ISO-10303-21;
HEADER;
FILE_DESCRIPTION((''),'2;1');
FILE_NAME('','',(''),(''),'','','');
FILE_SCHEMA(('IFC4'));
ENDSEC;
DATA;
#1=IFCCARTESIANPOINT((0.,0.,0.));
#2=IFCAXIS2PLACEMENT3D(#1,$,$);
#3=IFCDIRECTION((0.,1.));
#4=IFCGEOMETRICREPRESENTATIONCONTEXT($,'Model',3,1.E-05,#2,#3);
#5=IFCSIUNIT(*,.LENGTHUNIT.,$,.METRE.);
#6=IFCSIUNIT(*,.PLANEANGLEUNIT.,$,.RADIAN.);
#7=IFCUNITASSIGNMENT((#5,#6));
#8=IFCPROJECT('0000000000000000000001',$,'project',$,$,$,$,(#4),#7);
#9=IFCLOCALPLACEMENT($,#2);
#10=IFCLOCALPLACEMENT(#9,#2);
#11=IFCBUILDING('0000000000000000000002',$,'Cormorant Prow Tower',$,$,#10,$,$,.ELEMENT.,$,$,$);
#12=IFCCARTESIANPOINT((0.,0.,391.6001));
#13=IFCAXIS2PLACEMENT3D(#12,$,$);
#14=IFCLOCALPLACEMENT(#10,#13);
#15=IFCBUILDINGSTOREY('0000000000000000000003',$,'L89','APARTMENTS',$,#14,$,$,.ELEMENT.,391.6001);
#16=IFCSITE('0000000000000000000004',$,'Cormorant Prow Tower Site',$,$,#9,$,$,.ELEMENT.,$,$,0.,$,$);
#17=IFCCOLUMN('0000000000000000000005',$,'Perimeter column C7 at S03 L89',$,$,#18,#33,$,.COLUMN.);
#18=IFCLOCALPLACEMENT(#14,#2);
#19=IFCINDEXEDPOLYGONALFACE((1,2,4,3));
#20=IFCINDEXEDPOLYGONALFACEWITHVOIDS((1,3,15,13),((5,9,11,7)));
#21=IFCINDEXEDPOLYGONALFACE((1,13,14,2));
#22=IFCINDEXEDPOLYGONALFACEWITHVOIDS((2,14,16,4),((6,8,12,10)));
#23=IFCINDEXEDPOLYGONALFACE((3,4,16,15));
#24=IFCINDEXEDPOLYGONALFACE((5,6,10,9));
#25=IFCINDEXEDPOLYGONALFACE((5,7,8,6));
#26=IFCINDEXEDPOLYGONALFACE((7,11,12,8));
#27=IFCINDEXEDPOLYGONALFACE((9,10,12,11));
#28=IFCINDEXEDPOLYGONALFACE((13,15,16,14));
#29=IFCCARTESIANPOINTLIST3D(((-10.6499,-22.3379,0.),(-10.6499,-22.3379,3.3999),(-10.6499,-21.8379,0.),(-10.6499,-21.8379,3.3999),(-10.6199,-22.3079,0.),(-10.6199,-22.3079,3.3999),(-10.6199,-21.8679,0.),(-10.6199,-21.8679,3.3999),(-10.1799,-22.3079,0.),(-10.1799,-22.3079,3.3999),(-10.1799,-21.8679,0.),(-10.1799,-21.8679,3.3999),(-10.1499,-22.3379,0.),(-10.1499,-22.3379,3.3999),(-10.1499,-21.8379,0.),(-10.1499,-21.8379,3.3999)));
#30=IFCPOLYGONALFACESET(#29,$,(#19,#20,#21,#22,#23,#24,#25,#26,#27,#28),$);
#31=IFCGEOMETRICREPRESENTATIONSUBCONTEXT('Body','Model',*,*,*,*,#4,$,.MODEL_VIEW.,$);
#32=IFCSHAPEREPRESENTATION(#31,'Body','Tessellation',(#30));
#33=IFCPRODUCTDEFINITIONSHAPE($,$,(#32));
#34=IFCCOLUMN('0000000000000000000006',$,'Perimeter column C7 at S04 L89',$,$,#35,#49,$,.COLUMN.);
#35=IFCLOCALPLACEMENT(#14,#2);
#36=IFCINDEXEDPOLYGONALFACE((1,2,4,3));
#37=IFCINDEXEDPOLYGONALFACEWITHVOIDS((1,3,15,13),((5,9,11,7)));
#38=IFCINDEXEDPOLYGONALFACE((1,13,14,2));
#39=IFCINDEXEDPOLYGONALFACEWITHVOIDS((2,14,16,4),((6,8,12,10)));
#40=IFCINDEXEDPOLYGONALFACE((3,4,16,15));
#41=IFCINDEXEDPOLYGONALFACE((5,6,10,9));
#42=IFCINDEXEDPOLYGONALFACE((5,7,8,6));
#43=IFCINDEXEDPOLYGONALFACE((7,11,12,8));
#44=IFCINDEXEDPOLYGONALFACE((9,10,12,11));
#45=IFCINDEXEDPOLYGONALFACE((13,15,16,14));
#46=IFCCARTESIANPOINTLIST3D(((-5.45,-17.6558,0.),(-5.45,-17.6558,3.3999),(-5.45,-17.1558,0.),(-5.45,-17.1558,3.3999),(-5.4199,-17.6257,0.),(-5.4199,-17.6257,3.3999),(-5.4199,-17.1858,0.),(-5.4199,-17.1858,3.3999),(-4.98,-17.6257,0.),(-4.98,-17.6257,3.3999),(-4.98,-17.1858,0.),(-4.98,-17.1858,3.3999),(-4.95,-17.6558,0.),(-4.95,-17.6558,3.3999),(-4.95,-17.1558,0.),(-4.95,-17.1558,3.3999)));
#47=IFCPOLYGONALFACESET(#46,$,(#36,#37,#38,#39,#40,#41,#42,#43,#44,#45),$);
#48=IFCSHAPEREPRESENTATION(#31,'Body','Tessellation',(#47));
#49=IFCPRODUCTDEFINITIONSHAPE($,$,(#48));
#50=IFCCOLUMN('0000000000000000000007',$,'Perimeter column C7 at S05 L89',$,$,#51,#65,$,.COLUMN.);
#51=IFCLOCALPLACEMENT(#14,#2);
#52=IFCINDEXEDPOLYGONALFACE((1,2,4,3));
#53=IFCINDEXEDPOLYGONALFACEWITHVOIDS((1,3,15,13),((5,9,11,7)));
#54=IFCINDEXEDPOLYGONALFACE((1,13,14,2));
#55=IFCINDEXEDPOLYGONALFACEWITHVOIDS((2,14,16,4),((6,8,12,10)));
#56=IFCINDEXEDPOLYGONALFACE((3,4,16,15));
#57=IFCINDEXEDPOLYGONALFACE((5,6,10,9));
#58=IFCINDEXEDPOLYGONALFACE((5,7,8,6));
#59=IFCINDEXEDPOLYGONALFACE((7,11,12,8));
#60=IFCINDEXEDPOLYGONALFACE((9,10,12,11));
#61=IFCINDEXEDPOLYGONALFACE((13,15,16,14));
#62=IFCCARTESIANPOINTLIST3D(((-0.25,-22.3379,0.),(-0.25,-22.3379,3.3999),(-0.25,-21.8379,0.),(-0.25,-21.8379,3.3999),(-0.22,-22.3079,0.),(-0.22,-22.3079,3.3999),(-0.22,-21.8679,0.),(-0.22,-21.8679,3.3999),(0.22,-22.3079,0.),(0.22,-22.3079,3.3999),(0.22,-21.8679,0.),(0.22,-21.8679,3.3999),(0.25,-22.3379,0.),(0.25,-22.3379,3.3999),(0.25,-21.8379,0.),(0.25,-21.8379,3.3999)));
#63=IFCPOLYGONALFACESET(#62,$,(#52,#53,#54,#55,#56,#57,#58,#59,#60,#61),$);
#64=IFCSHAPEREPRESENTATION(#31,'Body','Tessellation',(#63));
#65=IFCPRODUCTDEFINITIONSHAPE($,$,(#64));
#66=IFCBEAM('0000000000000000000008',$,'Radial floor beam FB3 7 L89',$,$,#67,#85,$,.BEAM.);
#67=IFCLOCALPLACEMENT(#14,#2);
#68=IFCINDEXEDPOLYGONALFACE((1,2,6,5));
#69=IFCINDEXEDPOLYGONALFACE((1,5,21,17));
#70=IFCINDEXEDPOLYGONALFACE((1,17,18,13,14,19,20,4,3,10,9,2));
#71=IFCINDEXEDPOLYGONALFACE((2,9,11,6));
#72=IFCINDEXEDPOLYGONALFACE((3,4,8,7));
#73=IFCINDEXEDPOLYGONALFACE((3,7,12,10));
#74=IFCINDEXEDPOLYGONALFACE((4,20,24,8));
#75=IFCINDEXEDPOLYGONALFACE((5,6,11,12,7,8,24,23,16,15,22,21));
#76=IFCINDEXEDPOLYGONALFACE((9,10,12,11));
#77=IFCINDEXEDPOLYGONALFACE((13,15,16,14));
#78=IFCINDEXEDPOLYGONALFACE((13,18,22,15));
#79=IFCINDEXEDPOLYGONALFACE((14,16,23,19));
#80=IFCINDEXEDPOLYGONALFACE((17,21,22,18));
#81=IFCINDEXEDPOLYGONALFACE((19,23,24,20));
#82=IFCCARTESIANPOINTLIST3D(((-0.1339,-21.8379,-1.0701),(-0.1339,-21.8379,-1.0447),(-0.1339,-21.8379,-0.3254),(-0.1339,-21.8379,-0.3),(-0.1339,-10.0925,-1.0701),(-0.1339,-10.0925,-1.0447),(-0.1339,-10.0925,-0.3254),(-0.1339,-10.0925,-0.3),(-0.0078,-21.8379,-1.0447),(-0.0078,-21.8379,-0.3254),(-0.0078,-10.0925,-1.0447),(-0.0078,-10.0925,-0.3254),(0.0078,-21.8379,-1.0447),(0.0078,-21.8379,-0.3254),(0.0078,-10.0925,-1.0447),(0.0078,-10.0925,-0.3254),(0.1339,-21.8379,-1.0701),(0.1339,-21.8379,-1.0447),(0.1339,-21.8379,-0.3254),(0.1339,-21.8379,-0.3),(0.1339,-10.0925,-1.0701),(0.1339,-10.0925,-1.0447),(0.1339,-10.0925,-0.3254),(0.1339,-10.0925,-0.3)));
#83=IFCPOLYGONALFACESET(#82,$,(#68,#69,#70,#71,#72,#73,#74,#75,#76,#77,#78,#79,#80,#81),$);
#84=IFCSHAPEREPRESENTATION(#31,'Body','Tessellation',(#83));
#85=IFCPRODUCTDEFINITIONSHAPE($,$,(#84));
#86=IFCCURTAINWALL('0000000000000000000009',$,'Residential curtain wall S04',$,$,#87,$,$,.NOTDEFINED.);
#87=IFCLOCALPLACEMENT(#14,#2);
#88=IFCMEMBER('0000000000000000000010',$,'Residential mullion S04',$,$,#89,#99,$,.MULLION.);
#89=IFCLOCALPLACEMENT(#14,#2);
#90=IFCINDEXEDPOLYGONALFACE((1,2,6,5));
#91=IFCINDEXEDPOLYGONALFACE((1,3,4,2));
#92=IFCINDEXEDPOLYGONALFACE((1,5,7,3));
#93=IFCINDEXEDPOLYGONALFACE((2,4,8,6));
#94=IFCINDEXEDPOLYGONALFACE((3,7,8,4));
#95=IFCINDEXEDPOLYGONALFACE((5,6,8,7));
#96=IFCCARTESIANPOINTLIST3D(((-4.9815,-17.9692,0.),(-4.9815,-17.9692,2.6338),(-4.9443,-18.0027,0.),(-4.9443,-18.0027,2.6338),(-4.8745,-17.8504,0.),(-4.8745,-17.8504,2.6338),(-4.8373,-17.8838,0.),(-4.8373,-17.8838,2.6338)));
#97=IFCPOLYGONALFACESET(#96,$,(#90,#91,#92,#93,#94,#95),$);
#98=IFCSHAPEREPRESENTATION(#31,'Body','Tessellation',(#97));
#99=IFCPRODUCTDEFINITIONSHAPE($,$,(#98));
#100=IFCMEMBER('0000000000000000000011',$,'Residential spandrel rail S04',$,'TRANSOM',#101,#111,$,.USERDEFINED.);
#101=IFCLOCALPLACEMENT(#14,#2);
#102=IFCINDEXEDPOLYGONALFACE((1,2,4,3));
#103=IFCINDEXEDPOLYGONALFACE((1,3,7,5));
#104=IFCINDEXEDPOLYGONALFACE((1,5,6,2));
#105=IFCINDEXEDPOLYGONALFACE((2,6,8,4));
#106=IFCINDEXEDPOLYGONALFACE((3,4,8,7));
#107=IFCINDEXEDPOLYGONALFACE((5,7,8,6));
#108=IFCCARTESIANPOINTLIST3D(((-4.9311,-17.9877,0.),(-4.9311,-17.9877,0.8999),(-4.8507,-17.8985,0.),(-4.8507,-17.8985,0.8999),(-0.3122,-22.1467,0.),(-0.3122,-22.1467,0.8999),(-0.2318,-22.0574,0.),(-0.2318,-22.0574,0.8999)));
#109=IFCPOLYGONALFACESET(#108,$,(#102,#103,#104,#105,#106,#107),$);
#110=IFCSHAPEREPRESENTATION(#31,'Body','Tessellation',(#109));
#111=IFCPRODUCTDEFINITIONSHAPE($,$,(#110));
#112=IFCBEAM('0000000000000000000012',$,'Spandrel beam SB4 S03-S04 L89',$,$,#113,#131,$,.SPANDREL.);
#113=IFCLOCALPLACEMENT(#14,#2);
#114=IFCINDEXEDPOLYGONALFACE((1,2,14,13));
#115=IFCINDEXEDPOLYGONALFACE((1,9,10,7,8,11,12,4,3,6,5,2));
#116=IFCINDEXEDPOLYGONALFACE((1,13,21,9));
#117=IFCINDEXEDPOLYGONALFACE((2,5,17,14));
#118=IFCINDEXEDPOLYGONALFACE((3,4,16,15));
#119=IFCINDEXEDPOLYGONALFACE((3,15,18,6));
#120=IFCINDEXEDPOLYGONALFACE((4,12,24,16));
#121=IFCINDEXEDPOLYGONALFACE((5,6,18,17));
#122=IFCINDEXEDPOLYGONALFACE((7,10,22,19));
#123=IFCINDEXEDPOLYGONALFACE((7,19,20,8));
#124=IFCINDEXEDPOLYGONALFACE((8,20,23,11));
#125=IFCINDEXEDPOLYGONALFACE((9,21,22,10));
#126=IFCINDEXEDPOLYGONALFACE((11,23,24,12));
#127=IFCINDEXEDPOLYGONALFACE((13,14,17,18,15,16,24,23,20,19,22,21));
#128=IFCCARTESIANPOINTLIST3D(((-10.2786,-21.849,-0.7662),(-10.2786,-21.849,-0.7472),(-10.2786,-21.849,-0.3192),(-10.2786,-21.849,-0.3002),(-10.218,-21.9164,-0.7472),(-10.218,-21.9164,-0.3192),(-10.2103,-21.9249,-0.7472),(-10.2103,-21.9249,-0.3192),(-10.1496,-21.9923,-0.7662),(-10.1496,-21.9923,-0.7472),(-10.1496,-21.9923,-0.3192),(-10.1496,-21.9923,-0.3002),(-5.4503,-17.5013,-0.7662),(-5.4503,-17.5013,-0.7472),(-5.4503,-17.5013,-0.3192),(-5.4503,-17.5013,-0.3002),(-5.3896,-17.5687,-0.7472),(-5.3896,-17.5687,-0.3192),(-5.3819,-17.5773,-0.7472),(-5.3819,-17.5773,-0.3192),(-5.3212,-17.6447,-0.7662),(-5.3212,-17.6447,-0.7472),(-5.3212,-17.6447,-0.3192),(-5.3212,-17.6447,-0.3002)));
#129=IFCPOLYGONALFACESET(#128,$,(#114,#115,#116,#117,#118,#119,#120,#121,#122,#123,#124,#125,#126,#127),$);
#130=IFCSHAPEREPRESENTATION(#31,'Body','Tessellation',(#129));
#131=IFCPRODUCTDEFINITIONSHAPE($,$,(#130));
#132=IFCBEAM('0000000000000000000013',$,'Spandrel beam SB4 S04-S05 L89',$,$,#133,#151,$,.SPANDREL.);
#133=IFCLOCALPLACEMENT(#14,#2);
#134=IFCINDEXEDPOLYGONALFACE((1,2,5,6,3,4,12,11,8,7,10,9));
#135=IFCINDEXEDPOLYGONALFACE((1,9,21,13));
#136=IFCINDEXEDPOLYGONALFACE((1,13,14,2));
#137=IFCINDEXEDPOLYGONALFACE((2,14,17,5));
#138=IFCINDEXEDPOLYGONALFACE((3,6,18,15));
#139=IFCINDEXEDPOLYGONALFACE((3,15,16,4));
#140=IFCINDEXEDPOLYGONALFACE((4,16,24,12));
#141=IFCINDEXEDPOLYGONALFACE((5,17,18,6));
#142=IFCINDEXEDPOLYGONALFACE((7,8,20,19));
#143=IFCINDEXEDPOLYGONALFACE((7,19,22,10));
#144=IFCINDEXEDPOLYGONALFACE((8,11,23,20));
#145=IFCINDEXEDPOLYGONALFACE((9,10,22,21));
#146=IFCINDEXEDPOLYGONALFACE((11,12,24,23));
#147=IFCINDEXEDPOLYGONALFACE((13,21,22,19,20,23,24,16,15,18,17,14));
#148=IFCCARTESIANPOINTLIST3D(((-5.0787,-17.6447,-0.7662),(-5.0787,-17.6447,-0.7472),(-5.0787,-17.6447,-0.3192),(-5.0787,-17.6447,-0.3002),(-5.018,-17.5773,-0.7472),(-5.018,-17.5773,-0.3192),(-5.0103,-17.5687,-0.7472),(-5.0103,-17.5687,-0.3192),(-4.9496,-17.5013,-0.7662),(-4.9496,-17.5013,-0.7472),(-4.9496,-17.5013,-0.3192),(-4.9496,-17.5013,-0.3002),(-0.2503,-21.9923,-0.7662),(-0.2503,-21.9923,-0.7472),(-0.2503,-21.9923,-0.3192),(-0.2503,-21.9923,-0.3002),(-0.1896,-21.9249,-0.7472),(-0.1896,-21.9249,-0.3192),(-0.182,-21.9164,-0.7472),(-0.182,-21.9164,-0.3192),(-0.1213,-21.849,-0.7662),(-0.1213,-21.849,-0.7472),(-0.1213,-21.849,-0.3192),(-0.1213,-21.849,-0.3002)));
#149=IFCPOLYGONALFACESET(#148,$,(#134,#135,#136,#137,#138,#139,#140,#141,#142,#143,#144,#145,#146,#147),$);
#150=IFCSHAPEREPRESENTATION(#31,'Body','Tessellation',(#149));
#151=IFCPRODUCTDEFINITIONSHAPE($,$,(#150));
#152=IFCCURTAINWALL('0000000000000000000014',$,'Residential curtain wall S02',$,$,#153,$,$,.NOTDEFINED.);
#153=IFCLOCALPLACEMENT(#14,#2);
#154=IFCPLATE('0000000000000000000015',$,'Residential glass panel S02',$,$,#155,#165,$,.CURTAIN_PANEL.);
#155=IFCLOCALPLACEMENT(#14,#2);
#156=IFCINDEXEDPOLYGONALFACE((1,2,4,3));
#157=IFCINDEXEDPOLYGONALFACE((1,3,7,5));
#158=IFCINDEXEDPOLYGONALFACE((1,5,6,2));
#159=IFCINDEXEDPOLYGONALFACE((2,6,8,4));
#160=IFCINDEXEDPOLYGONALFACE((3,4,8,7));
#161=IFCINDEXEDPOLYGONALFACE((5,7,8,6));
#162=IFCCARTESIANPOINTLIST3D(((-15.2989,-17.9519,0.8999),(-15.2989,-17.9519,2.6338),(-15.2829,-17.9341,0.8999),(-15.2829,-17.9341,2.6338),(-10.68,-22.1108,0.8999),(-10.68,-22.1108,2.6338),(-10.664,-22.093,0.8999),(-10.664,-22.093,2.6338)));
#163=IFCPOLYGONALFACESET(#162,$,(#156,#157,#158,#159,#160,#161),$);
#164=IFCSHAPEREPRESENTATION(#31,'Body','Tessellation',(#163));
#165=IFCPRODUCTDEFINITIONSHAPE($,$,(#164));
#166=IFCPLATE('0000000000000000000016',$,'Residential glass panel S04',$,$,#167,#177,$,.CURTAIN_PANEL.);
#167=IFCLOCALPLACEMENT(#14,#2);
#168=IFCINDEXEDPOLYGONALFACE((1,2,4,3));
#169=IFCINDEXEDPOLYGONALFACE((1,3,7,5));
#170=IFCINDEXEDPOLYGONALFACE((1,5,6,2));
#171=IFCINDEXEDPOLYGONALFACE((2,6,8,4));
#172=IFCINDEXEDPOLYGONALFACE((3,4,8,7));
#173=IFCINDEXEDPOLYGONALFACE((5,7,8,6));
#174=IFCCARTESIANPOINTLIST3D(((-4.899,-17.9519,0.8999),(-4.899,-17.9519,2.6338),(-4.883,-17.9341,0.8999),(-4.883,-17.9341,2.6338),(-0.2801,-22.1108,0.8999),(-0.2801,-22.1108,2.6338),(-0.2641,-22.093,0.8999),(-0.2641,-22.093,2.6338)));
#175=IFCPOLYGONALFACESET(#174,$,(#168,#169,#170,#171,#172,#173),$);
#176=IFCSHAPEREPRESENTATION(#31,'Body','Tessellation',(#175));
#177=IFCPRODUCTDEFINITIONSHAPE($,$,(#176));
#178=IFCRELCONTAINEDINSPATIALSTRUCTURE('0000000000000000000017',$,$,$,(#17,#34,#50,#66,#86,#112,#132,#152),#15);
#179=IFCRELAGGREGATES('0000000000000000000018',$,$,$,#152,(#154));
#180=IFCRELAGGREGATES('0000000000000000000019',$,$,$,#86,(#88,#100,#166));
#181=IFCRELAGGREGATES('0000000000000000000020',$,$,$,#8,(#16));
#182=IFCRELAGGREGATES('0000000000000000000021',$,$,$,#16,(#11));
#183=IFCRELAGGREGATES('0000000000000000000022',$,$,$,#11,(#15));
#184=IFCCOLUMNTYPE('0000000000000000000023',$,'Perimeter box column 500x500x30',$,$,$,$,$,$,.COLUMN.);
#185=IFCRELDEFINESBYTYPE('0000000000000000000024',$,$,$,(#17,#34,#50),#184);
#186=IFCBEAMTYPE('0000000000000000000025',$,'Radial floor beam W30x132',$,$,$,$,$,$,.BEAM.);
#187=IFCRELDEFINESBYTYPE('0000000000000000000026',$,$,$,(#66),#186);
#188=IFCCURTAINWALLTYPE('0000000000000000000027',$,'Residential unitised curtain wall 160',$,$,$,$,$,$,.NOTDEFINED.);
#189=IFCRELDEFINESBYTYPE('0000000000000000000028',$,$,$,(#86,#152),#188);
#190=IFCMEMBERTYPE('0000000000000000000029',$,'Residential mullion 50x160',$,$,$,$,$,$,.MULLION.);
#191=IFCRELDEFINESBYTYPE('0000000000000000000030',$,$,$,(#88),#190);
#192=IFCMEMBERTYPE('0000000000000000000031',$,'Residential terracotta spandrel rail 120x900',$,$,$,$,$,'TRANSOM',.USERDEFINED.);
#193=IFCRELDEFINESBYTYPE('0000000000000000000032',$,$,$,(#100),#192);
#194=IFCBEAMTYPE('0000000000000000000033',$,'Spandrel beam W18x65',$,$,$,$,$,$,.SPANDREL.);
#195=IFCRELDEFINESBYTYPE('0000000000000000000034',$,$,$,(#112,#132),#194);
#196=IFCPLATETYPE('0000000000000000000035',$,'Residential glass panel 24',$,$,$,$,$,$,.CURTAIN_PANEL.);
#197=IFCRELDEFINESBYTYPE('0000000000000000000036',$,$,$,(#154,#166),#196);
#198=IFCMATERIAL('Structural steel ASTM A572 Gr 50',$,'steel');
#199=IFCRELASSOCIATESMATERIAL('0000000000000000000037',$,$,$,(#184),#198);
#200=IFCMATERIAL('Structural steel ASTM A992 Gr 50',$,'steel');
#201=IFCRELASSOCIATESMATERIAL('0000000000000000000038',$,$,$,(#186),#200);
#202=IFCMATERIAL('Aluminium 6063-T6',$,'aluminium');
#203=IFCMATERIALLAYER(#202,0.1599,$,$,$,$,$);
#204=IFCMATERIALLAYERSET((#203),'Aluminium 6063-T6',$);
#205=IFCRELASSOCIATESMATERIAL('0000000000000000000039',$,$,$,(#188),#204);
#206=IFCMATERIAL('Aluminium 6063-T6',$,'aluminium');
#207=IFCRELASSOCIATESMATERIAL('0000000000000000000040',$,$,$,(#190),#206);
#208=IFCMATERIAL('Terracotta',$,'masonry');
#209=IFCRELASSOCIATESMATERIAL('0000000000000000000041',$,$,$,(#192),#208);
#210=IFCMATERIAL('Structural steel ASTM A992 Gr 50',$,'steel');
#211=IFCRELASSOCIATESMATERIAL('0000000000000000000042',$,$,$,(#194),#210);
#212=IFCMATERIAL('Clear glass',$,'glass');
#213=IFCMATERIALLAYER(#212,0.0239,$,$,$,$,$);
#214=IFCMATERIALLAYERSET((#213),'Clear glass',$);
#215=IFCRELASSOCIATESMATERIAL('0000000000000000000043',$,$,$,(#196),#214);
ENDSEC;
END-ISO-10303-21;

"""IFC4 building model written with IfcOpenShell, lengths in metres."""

from ifc_helpers import new_model, si_unit, direction, frame, origin, origin_2d, place, context, subcontext, project, spatial, rectangle, hollow_rectangle, i_section, extrude, material, layer, layer_set, material_profile, profile_set, type_object, element, aggregate, save


model = new_model("IFC4")

# Units and contexts
model_context = context("Model", 3, precision=1e-05, world=origin(), true_north=direction((0.0, 1.0)))
body_context = subcontext(model_context, "Body", "Model", "MODEL_VIEW")
ifc_project = project(units=[si_unit("LENGTHUNIT", "METRE"), si_unit("PLANEANGLEUNIT", "RADIAN")], contexts=[model_context])

# Site, building, storey
site_placement = place(None, origin())
site = spatial("IfcSite", under=ifc_project, at=site_placement, Name="Cormorant Prow Tower Site", CompositionType="ELEMENT", RefElevation=0.0)
building_placement = place(site_placement, origin())
building = spatial("IfcBuilding", under=site, at=building_placement, Name="Cormorant Prow Tower", CompositionType="ELEMENT")
storey_placement = place(building_placement, frame((0.0, 0.0, 391.6001)))
storey = spatial("IfcBuildingStorey", under=building, at=storey_placement, Name="L89", Description="APARTMENTS", CompositionType="ELEMENT", Elevation=391.6001)

# Columns
ifc_material_1 = material(Name="Structural steel ASTM A572 Gr 50", Category="steel")
ifc_material_profile_1 = material_profile(ifc_material_1, hollow_rectangle(XDim=0.5, YDim=0.5, WallThickness=0.03, at=origin_2d()), Name="Box 500x500x30")
ifc_profile_set_1 = profile_set([ifc_material_profile_1], Name="Structural steel ASTM A572 Gr 50")
column_type = type_object("IfcColumnType", Name="Perimeter box column 500x500x30", PredefinedType="COLUMN", material=ifc_profile_set_1)
for number, where, z_axis, x_axis, name in (
    (1, (-10.3999, -22.0879, 0.0), (0.0, 0.0, 1.0), (1.0, 0.0, 0.0), "Perimeter column C7 at S03 L89"),
    (2, (-5.2, -17.4058, 0.0), (0.0, 0.0, 1.0), (1.0, 0.0, 0.0), "Perimeter column C7 at S04 L89"),
    (3, (0.0, -22.0879, 0.0), (0.0, 0.0, 1.0), (1.0, 0.0, 0.0), "Perimeter column C7 at S05 L89"),
):
    element("IfcColumn", number, at=place(storey_placement, frame(where, z_axis=z_axis, x_axis=x_axis)), inside=storey, type_object=column_type, Name=name, PredefinedType="COLUMN", context=body_context, shape_type="SweptSolid", body=[
        extrude(hollow_rectangle(XDim=0.5, YDim=0.5, WallThickness=0.03, at=origin_2d()), origin(), (0.0, 0.0, 1.0), 3.3999),
    ])

# Beam
ifc_material_2 = material(Name="Structural steel ASTM A992 Gr 50", Category="steel")
ifc_material_profile_2 = material_profile(ifc_material_2, i_section(OverallWidth=0.2678, OverallDepth=0.77, WebThickness=0.0156, FlangeThickness=0.0254, at=origin_2d()), Name="W30x132")
ifc_profile_set_2 = profile_set([ifc_material_profile_2], Name="Structural steel ASTM A992 Gr 50")
beam_type_1 = type_object("IfcBeamType", Name="Radial floor beam W30x132", PredefinedType="BEAM", material=ifc_profile_set_2)
beam_placement = place(storey_placement, frame((0.0, -10.0925, -0.6851), z_axis=(0.0, -1.0, 0.0), x_axis=(1.0, 0.0, 0.0)))
element("IfcBeam", 4, at=beam_placement, inside=storey, type_object=beam_type_1, Name="Radial floor beam FB3 7 L89", PredefinedType="BEAM", context=body_context, shape_type="SweptSolid", body=[
    extrude(i_section(OverallWidth=0.2678, OverallDepth=0.77, WebThickness=0.0156, FlangeThickness=0.0254, at=origin_2d()), origin(), (0.0, 0.0, 1.0), 11.7454),
])

# Curtain wall, members
ifc_material_3 = material(Name="Aluminium 6063-T6", Category="aluminium")
ifc_layer_1 = layer(ifc_material_3, 0.1599)
ifc_layer_set_1 = layer_set([ifc_layer_1], Name="Aluminium 6063-T6")
curtain_wall_type = type_object("IfcCurtainWallType", Name="Residential unitised curtain wall 160", PredefinedType="NOTDEFINED", material=ifc_layer_set_1)
curtain_wall_1_placement = place(storey_placement, origin())
curtain_wall_1 = element("IfcCurtainWall", 5, at=curtain_wall_1_placement, inside=storey, type_object=curtain_wall_type, Name="Residential curtain wall S04", PredefinedType="NOTDEFINED")
ifc_material_4 = material(Name="Aluminium 6063-T6", Category="aluminium")
ifc_material_profile_3 = material_profile(ifc_material_4, rectangle(XDim=0.1599, YDim=0.05, at=origin_2d()), Name="Residential mullion 50x160")
ifc_profile_set_3 = profile_set([ifc_material_profile_3], Name="Aluminium 6063-T6")
member_type_1 = type_object("IfcMemberType", Name="Residential mullion 50x160", PredefinedType="MULLION", material=ifc_profile_set_3)
member_1_placement = place(storey_placement, frame((-4.9094, -17.9265, 0.0), z_axis=(0.0, 0.0, 1.0), x_axis=(0.669131, 0.743145, 0.0)))
member_1 = element("IfcMember", 6, at=member_1_placement, type_object=member_type_1, Name="Residential mullion S04", PredefinedType="MULLION", context=body_context, shape_type="SweptSolid", body=[
    extrude(rectangle(XDim=0.1599, YDim=0.05, at=origin_2d()), origin(), (0.0, 0.0, 1.0), 2.6338),
])
ifc_material_5 = material(Name="Terracotta", Category="masonry")
ifc_material_profile_4 = material_profile(ifc_material_5, rectangle(XDim=0.1201, YDim=0.8999, at=origin_2d()), Name="Residential terracotta spandrel rail 120x900")
ifc_profile_set_4 = profile_set([ifc_material_profile_4], Name="Terracotta")
member_type_2 = type_object("IfcMemberType", Name="Residential terracotta spandrel rail 120x900", ElementType="TRANSOM", PredefinedType="USERDEFINED", material=ifc_profile_set_4)
member_2_placement = place(storey_placement, frame((-4.8909, -17.9431, 0.45), z_axis=(0.74314, -0.669136, 0.0), x_axis=(0.669136, 0.74314, 0.0)))
member_2 = element("IfcMember", 7, at=member_2_placement, type_object=member_type_2, Name="Residential spandrel rail S04", ObjectType="TRANSOM", PredefinedType="USERDEFINED", context=body_context, shape_type="SweptSolid", body=[
    extrude(rectangle(XDim=0.1201, YDim=0.8999, at=origin_2d()), origin(), (0.0, 0.0, 1.0), 6.2153),
])

# Beams
ifc_material_6 = material(Name="Structural steel ASTM A992 Gr 50", Category="steel")
ifc_material_profile_5 = material_profile(ifc_material_6, i_section(OverallWidth=0.1929, OverallDepth=0.4661, WebThickness=0.0115, FlangeThickness=0.019, at=origin_2d()), Name="W18x65")
ifc_profile_set_5 = profile_set([ifc_material_profile_5], Name="Structural steel ASTM A992 Gr 50")
beam_type_2 = type_object("IfcBeamType", Name="Spandrel beam W18x65", PredefinedType="SPANDREL", material=ifc_profile_set_5)
for number, where, z_axis, x_axis, name in (
    (8, (-10.2141, -21.9207, -0.5332), (0.743132, 0.669145, 0.0), (-0.669145, 0.743132, 0.0), "Spandrel beam SB4 S03-S04 L89"),
    (9, (-5.0142, -17.573, -0.5332), (0.743132, -0.669145, 0.0), (0.669145, 0.743132, 0.0), "Spandrel beam SB4 S04-S05 L89"),
):
    element("IfcBeam", number, at=place(storey_placement, frame(where, z_axis=z_axis, x_axis=x_axis)), inside=storey, type_object=beam_type_2, Name=name, PredefinedType="SPANDREL", context=body_context, shape_type="SweptSolid", body=[
        extrude(i_section(OverallWidth=0.1929, OverallDepth=0.4661, WebThickness=0.0115, FlangeThickness=0.019, at=origin_2d()), origin(), (0.0, 0.0, 1.0), 6.4973),
    ])

# Curtain wall, plate
curtain_wall_2_placement = place(storey_placement, origin())
curtain_wall_2 = element("IfcCurtainWall", 10, at=curtain_wall_2_placement, inside=storey, type_object=curtain_wall_type, Name="Residential curtain wall S02", PredefinedType="NOTDEFINED")
ifc_material_7 = material(Name="Clear glass", Category="glass")
ifc_layer_2 = layer(ifc_material_7, 0.0239)
ifc_layer_set_2 = layer_set([ifc_layer_2], Name="Clear glass")
plate_type = type_object("IfcPlateType", Name="Residential glass panel 24", PredefinedType="CURTAIN_PANEL", material=ifc_layer_set_2)
plate_1_placement = place(storey_placement, frame((-12.9814, -20.0225, 0.8999), z_axis=(0.0, 0.0, 1.0), x_axis=(0.743145, -0.669131, 0.0)))
plate_1 = element("IfcPlate", 11, at=plate_1_placement, type_object=plate_type, Name="Residential glass panel S02", PredefinedType="CURTAIN_PANEL", context=body_context, shape_type="SweptSolid", body=[
    extrude(rectangle(XDim=6.2153, YDim=0.0239, at=origin_2d()), origin(), (0.0, 0.0, 1.0), 1.7339),
])
aggregate(curtain_wall_2, [plate_1])

# Plate
plate_2_placement = place(storey_placement, frame((-2.5815, -20.0225, 0.8999), z_axis=(0.0, 0.0, 1.0), x_axis=(0.743145, -0.669131, 0.0)))
plate_2 = element("IfcPlate", 12, at=plate_2_placement, type_object=plate_type, Name="Residential glass panel S04", PredefinedType="CURTAIN_PANEL", context=body_context, shape_type="SweptSolid", body=[
    extrude(rectangle(XDim=6.2153, YDim=0.0239, at=origin_2d()), origin(), (0.0, 0.0, 1.0), 1.7339),
])
aggregate(curtain_wall_1, [member_1, member_2, plate_2])

save(model, "model.ifc")
